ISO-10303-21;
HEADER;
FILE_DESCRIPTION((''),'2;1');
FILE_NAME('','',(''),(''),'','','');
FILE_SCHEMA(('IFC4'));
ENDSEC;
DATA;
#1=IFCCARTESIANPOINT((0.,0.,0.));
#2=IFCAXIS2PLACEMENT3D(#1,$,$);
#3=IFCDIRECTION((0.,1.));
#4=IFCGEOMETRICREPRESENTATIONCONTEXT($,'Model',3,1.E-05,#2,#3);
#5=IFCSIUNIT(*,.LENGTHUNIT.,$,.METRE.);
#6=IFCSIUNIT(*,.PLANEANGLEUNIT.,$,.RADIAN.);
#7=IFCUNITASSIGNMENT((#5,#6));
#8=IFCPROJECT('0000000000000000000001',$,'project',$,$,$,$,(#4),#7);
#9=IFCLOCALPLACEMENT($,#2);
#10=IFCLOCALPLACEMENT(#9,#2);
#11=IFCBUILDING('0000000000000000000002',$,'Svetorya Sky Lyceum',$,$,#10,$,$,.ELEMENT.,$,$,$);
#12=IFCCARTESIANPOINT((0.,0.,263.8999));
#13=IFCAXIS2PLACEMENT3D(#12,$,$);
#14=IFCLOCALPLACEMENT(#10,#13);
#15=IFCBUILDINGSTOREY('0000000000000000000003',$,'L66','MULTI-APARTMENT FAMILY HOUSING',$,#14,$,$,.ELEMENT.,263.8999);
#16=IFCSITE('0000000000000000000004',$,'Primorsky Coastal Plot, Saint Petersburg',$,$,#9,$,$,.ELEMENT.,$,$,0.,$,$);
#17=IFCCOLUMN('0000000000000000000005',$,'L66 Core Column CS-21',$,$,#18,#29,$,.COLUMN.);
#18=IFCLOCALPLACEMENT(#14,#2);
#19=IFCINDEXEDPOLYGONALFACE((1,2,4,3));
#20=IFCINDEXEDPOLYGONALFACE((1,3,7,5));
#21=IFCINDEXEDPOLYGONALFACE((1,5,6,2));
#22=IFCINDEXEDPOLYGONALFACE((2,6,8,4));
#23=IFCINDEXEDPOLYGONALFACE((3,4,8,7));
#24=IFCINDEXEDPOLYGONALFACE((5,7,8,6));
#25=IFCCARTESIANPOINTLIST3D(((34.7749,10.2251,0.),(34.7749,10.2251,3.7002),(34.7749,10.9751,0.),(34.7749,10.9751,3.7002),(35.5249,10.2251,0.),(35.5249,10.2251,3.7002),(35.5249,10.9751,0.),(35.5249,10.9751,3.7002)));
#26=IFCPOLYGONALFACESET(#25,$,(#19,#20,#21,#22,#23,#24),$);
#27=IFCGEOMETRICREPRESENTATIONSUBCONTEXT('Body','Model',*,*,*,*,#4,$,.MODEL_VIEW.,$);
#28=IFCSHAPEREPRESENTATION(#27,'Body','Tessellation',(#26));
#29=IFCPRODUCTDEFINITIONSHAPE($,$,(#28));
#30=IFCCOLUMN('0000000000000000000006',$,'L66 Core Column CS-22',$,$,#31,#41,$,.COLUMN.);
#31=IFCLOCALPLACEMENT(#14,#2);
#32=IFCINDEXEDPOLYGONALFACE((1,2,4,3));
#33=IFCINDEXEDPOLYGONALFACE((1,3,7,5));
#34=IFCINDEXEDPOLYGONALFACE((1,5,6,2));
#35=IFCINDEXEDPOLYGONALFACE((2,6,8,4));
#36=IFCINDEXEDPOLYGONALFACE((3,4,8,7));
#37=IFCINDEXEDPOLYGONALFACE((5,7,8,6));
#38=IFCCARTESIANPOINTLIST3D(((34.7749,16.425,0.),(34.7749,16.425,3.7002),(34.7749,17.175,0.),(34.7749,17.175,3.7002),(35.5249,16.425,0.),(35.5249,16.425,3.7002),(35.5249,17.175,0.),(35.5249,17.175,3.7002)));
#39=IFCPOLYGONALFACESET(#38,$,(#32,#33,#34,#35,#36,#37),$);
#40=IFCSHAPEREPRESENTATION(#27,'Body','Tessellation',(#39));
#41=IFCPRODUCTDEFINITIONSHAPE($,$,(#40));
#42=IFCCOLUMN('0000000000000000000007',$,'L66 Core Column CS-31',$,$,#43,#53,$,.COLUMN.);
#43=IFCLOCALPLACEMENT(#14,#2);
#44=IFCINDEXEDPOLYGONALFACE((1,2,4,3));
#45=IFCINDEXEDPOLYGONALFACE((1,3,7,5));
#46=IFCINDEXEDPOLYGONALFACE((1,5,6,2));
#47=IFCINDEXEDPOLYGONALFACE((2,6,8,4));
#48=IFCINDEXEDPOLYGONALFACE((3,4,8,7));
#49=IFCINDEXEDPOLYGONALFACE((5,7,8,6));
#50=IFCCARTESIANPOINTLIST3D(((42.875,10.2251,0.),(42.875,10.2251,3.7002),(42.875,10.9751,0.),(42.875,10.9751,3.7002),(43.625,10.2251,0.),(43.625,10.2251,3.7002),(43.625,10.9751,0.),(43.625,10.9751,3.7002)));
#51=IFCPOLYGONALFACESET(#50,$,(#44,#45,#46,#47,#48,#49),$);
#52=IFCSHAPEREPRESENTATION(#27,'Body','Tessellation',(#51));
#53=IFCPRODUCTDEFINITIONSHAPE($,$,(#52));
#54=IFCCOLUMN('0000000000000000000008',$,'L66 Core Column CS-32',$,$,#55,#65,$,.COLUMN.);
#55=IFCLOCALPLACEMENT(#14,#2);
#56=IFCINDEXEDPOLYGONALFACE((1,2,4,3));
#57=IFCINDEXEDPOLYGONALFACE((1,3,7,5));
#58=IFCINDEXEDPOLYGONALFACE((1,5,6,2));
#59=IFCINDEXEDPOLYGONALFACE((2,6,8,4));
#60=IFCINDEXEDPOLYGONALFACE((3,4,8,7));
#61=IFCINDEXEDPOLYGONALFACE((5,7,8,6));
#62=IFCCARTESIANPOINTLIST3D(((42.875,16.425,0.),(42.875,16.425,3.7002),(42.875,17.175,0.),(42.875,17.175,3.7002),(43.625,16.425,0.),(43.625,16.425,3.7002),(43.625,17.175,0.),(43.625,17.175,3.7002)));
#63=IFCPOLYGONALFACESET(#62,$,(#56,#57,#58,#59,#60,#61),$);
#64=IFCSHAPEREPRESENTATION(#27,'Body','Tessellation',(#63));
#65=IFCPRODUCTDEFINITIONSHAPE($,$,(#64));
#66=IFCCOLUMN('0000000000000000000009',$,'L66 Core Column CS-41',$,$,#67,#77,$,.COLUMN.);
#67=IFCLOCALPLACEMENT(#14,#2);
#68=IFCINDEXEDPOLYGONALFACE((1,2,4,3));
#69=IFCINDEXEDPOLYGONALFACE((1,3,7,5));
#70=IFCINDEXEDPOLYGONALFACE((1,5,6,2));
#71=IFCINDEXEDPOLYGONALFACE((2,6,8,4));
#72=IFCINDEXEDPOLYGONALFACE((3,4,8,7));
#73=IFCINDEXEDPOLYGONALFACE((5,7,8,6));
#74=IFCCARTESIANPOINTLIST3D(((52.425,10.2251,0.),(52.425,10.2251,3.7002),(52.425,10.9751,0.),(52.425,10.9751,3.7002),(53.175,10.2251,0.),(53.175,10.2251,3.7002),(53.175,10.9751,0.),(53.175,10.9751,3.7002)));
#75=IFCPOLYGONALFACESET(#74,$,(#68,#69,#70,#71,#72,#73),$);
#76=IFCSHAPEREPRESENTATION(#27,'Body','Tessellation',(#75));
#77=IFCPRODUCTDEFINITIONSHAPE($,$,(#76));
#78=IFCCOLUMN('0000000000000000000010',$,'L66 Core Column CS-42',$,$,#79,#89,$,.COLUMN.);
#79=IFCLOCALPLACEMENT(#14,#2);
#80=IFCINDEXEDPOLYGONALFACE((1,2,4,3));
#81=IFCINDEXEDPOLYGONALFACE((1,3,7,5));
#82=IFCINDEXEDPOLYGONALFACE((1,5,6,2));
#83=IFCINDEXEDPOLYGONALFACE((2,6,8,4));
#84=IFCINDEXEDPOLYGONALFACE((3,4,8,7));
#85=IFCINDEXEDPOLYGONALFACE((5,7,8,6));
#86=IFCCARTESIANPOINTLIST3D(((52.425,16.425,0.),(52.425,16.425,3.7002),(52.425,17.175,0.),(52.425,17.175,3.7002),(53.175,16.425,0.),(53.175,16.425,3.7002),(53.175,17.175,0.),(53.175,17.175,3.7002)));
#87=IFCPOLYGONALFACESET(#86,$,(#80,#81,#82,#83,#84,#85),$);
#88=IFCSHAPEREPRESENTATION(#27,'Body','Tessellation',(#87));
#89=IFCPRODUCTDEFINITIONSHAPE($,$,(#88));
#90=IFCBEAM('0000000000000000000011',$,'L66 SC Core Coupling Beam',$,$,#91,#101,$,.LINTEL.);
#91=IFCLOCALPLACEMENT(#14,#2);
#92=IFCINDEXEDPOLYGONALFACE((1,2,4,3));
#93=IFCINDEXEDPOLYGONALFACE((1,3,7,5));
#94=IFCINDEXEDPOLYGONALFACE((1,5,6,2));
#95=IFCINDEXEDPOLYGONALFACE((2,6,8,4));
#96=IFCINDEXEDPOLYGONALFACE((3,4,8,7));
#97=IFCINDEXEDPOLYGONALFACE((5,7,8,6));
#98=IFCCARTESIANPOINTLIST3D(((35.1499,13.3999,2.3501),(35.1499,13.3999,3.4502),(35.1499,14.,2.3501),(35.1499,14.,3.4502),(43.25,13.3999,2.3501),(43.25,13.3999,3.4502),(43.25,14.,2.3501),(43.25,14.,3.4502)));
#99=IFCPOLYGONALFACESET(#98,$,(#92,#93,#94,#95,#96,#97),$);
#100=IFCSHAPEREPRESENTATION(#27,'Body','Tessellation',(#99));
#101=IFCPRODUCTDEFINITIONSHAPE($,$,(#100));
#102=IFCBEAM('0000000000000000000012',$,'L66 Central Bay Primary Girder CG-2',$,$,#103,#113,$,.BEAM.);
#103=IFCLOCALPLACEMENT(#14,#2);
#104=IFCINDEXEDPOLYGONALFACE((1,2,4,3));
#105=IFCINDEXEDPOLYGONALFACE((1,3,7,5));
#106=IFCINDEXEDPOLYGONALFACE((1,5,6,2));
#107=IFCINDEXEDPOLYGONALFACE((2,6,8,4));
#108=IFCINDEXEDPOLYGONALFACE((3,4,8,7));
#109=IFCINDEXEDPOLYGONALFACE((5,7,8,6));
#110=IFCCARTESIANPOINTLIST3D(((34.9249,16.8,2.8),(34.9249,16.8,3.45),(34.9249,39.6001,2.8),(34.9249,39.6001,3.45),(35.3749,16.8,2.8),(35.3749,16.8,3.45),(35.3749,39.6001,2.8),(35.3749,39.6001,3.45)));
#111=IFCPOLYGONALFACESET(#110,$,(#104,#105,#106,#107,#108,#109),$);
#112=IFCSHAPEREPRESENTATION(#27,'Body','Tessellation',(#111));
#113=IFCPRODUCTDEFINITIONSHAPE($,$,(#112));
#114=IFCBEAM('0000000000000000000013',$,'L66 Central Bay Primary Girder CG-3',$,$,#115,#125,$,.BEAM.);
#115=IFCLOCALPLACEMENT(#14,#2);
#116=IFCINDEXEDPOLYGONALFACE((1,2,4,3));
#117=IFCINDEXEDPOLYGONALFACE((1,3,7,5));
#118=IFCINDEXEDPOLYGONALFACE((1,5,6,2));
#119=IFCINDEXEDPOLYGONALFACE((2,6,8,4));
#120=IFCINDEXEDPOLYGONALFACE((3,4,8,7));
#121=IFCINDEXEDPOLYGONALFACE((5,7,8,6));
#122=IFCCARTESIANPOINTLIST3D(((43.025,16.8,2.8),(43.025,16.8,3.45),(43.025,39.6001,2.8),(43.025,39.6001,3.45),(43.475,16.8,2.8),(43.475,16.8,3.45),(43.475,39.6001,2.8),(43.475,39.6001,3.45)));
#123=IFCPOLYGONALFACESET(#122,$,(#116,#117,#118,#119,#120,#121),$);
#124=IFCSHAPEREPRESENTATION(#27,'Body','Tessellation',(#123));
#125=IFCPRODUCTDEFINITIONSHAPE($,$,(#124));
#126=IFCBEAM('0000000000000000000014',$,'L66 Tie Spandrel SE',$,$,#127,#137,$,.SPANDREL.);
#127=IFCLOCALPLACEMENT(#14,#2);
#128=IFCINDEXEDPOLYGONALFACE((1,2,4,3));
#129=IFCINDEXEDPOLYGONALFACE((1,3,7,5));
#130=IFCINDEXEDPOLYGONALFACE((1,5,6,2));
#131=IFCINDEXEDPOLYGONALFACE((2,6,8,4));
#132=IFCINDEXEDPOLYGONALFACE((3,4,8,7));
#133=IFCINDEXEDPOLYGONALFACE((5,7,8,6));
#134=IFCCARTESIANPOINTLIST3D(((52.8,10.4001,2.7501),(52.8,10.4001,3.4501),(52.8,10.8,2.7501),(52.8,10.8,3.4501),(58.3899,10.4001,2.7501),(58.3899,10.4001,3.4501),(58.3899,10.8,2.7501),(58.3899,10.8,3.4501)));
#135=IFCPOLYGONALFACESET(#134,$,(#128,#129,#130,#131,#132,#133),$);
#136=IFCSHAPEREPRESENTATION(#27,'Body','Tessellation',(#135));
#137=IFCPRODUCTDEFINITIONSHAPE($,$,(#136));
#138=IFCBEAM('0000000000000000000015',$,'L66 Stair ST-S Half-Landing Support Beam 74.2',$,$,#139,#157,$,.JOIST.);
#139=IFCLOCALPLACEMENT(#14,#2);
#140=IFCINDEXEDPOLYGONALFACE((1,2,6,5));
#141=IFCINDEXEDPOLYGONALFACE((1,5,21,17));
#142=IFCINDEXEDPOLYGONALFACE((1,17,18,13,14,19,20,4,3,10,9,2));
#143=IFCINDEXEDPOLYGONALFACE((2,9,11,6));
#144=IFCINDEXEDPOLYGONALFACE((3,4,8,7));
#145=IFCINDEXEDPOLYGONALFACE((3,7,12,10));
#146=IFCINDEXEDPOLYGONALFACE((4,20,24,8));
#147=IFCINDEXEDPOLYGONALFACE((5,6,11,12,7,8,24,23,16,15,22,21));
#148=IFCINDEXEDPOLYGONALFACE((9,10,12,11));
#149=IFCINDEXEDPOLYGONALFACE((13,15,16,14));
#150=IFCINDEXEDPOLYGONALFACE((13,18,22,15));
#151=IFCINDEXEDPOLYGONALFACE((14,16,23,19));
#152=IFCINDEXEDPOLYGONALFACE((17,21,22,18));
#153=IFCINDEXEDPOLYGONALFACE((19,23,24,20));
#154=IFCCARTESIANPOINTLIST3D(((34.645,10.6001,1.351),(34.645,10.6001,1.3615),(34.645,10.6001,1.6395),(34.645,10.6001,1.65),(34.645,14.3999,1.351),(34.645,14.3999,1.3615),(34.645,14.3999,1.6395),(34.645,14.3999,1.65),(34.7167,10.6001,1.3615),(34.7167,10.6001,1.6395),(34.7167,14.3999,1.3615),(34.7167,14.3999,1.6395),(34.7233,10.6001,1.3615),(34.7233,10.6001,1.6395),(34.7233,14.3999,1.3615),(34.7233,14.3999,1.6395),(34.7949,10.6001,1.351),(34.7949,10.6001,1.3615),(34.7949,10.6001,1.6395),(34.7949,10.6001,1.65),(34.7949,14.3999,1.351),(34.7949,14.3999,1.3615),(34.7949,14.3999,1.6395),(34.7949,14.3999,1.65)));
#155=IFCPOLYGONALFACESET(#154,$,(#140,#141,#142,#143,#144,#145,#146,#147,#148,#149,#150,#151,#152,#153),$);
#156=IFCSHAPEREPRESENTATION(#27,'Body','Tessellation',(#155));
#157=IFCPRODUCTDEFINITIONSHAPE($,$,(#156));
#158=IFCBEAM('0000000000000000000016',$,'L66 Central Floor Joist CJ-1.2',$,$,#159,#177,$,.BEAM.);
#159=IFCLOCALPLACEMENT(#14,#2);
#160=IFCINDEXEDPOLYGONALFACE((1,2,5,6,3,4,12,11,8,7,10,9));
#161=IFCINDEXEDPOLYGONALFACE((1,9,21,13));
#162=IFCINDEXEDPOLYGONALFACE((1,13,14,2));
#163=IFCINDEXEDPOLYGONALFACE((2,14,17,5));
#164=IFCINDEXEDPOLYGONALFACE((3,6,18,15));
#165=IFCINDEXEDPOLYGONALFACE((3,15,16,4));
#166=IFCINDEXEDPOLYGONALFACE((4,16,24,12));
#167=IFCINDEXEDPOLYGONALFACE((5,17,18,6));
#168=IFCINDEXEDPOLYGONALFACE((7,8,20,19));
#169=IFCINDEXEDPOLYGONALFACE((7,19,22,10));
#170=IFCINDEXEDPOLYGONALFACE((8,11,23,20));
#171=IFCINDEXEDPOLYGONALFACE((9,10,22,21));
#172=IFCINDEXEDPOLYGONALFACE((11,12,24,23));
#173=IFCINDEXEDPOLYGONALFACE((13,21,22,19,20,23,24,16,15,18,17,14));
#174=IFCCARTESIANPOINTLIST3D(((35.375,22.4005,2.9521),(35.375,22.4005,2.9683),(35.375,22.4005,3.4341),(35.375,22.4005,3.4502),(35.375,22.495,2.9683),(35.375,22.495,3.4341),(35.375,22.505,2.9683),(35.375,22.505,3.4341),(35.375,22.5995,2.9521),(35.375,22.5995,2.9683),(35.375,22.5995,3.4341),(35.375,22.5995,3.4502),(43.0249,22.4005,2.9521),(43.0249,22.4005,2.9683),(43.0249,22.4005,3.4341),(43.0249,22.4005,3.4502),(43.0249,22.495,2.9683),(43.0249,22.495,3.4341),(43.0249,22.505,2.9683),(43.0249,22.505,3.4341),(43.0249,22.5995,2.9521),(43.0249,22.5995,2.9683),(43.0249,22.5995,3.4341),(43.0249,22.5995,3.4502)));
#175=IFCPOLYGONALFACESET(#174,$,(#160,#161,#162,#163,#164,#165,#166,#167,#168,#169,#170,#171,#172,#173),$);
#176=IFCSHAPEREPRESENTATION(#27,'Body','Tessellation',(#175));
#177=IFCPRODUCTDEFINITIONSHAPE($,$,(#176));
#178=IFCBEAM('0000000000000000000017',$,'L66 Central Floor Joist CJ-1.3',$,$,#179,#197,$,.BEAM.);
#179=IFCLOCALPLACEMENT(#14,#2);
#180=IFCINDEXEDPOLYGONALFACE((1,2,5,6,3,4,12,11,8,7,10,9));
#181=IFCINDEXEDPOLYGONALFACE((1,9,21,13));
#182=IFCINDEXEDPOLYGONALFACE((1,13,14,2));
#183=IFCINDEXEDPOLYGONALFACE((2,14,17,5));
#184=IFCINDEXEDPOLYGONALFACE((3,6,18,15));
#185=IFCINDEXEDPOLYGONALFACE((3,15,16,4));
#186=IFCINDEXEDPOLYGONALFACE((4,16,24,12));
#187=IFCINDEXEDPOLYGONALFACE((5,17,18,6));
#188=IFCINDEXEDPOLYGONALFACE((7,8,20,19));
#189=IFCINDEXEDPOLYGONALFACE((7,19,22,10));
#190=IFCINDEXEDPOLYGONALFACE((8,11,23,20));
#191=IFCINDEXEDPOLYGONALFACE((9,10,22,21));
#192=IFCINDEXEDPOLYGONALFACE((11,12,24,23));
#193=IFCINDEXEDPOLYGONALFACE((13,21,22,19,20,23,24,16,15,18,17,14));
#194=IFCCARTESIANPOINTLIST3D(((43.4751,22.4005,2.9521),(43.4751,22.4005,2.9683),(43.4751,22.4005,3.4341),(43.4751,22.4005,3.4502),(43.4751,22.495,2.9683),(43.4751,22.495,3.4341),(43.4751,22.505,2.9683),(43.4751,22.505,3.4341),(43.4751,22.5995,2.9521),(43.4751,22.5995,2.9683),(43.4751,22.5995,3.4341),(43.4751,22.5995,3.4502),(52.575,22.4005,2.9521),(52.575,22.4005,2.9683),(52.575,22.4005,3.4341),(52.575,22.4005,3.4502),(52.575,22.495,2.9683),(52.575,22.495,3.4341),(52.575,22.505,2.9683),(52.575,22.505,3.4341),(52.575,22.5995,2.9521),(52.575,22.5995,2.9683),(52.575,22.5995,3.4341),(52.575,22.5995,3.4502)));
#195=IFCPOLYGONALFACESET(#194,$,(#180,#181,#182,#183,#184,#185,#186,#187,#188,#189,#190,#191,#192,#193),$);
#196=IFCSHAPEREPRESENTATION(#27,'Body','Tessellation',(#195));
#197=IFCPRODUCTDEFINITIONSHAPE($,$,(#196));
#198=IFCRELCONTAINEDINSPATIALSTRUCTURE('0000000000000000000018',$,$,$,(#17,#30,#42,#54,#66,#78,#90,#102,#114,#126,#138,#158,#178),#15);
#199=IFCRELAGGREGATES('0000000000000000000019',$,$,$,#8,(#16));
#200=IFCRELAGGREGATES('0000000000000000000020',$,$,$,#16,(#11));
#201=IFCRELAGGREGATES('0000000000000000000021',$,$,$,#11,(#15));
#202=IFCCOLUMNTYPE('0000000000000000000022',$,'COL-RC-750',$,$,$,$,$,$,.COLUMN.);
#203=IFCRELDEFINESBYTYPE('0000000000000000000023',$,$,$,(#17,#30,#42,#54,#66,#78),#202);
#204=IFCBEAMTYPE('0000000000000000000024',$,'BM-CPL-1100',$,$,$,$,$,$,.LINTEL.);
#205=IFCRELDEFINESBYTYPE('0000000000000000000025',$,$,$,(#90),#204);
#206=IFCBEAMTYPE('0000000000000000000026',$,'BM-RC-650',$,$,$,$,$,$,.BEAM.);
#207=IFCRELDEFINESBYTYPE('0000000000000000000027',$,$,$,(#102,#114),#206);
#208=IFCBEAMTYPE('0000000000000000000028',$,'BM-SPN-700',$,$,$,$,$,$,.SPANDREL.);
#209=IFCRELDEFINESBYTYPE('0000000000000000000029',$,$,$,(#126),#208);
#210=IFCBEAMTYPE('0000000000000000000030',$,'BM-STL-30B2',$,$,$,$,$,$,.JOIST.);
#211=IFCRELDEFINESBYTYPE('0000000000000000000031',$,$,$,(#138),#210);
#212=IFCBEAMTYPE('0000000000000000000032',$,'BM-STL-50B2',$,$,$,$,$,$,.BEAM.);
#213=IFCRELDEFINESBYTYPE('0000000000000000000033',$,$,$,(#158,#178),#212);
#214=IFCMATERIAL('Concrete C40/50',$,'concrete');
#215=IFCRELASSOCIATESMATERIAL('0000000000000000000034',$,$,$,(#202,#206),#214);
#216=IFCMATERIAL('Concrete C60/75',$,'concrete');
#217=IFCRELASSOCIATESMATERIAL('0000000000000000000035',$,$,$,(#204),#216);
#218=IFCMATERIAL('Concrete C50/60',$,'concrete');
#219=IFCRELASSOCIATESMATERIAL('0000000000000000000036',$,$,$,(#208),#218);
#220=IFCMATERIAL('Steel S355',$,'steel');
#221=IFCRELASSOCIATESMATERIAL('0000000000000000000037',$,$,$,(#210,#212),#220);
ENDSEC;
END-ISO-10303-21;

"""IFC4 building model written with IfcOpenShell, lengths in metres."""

from ifc_helpers import new_model, si_unit, direction, frame, origin, origin_2d, place, context, subcontext, project, spatial, rectangle, i_section, extrude, material, material_profile, profile_set, type_object, element, save


model = new_model("IFC4")

# Units and contexts
model_context = context("Model", 3, precision=1e-05, world=origin(), true_north=direction((0.0, 1.0)))
body_context = subcontext(model_context, "Body", "Model", "MODEL_VIEW")
ifc_project = project(units=[si_unit("LENGTHUNIT", "METRE"), si_unit("PLANEANGLEUNIT", "RADIAN")], contexts=[model_context])

# Site, building, storey
site_placement = place(None, origin())
site = spatial("IfcSite", under=ifc_project, at=site_placement, Name="Primorsky Coastal Plot, Saint Petersburg", CompositionType="ELEMENT", RefElevation=0.0)
building_placement = place(site_placement, origin())
building = spatial("IfcBuilding", under=site, at=building_placement, Name="Svetorya Sky Lyceum", CompositionType="ELEMENT")
storey_placement = place(building_placement, frame((0.0, 0.0, 263.8999)))
storey = spatial("IfcBuildingStorey", under=building, at=storey_placement, Name="L66", Description="MULTI-APARTMENT FAMILY HOUSING", CompositionType="ELEMENT", Elevation=263.8999)

# Columns
ifc_material_1 = material(Name="Concrete C40/50", Category="concrete")
ifc_material_profile_1 = material_profile(ifc_material_1, rectangle(XDim=0.75, YDim=0.75, at=origin_2d()), Name="RC COL 750x750")
ifc_profile_set_1 = profile_set([ifc_material_profile_1], Name="Concrete C40/50")
column_type = type_object("IfcColumnType", Name="COL-RC-750", PredefinedType="COLUMN", material=ifc_profile_set_1)
for number, where, z_axis, x_axis, name in (
    (1, (35.1499, 10.6001, 0.0), (0.0, 0.0, 1.0), (1.0, 0.0, 0.0), "L66 Core Column CS-21"),
    (2, (35.1499, 16.8, 0.0), (0.0, 0.0, 1.0), (1.0, 0.0, 0.0), "L66 Core Column CS-22"),
    (3, (43.25, 10.6001, 0.0), (0.0, 0.0, 1.0), (1.0, 0.0, 0.0), "L66 Core Column CS-31"),
    (4, (43.25, 16.8, 0.0), (0.0, 0.0, 1.0), (1.0, 0.0, 0.0), "L66 Core Column CS-32"),
    (5, (52.8, 10.6001, 0.0), (0.0, 0.0, 1.0), (1.0, 0.0, 0.0), "L66 Core Column CS-41"),
    (6, (52.8, 16.8, 0.0), (0.0, 0.0, 1.0), (1.0, 0.0, 0.0), "L66 Core Column CS-42"),
):
    element("IfcColumn", number, at=place(storey_placement, frame(where, z_axis=z_axis, x_axis=x_axis)), inside=storey, type_object=column_type, Name=name, PredefinedType="COLUMN", context=body_context, shape_type="SweptSolid", body=[
        extrude(rectangle(XDim=0.75, YDim=0.75, at=origin_2d()), origin(), (0.0, 0.0, 1.0), 3.7002),
    ])

# Beams
ifc_material_2 = material(Name="Concrete C60/75", Category="concrete")
ifc_material_profile_2 = material_profile(ifc_material_2, rectangle(XDim=0.6001, YDim=1.1001, at=origin_2d()), Name="RC COUPLING 600x1100")
ifc_profile_set_2 = profile_set([ifc_material_profile_2], Name="Concrete C60/75")
beam_type_1 = type_object("IfcBeamType", Name="BM-CPL-1100", PredefinedType="LINTEL", material=ifc_profile_set_2)
beam_1_placement = place(storey_placement, frame((35.1499, 13.7, 2.9001), z_axis=(1.0, 0.0, 0.0), x_axis=(0.0, 1.0, 0.0)))
element("IfcBeam", 7, at=beam_1_placement, inside=storey, type_object=beam_type_1, Name="L66 SC Core Coupling Beam", PredefinedType="LINTEL", context=body_context, shape_type="SweptSolid", body=[
    extrude(rectangle(XDim=0.6001, YDim=1.1001, at=origin_2d()), origin(), (0.0, 0.0, 1.0), 8.1001),
])
ifc_material_profile_3 = material_profile(ifc_material_1, rectangle(XDim=0.45, YDim=0.6499, at=origin_2d()), Name="RC BEAM 450x650")
ifc_profile_set_3 = profile_set([ifc_material_profile_3], Name="Concrete C40/50")
beam_type_2 = type_object("IfcBeamType", Name="BM-RC-650", PredefinedType="BEAM", material=ifc_profile_set_3)
for number, where, z_axis, x_axis, name in (
    (8, (35.1499, 16.8, 3.125), (0.0, 1.0, 0.0), (-1.0, 0.0, 0.0), "L66 Central Bay Primary Girder CG-2"),
    (9, (43.25, 16.8, 3.125), (0.0, 1.0, 0.0), (-1.0, 0.0, 0.0), "L66 Central Bay Primary Girder CG-3"),
):
    element("IfcBeam", number, at=place(storey_placement, frame(where, z_axis=z_axis, x_axis=x_axis)), inside=storey, type_object=beam_type_2, Name=name, PredefinedType="BEAM", context=body_context, shape_type="SweptSolid", body=[
        extrude(rectangle(XDim=0.45, YDim=0.6499, at=origin_2d()), origin(), (0.0, 0.0, 1.0), 22.8),
    ])
ifc_material_3 = material(Name="Concrete C50/60", Category="concrete")
ifc_material_profile_4 = material_profile(ifc_material_3, rectangle(XDim=0.3999, YDim=0.7, at=origin_2d()), Name="RC SPANDREL 400x700")
ifc_profile_set_4 = profile_set([ifc_material_profile_4], Name="Concrete C50/60")
beam_type_3 = type_object("IfcBeamType", Name="BM-SPN-700", PredefinedType="SPANDREL", material=ifc_profile_set_4)
beam_2_placement = place(storey_placement, frame((52.8, 10.6001, 3.1001), z_axis=(1.0, 0.0, 0.0), x_axis=(0.0, 1.0, 0.0)))
element("IfcBeam", 10, at=beam_2_placement, inside=storey, type_object=beam_type_3, Name="L66 Tie Spandrel SE", PredefinedType="SPANDREL", context=body_context, shape_type="SweptSolid", body=[
    extrude(rectangle(XDim=0.3999, YDim=0.7, at=origin_2d()), origin(), (0.0, 0.0, 1.0), 5.5898),
])
ifc_material_4 = material(Name="Steel S355", Category="steel")
ifc_material_profile_5 = material_profile(ifc_material_4, i_section(OverallWidth=0.1499, OverallDepth=0.2991, WebThickness=0.0066, FlangeThickness=0.0105, at=origin_2d()), Name="GOST 30B2")
ifc_profile_set_5 = profile_set([ifc_material_profile_5], Name="Steel S355")
beam_type_4 = type_object("IfcBeamType", Name="BM-STL-30B2", PredefinedType="JOIST", material=ifc_profile_set_5)
beam_3_placement = place(storey_placement, frame((34.72, 10.6001, 1.5005), z_axis=(0.0, 1.0, 0.0), x_axis=(-1.0, 0.0, 0.0)))
element("IfcBeam", 11, at=beam_3_placement, inside=storey, type_object=beam_type_4, Name="L66 Stair ST-S Half-Landing Support Beam 74.2", PredefinedType="JOIST", context=body_context, shape_type="SweptSolid", body=[
    extrude(i_section(OverallWidth=0.1499, OverallDepth=0.2991, WebThickness=0.0066, FlangeThickness=0.0105, at=origin_2d()), origin(), (0.0, 0.0, 1.0), 3.7998),
])
ifc_material_profile_6 = material_profile(ifc_material_4, i_section(OverallWidth=0.199, OverallDepth=0.498, WebThickness=0.01, FlangeThickness=0.0161, at=origin_2d()), Name="GOST 50B2")
ifc_profile_set_6 = profile_set([ifc_material_profile_6], Name="Steel S355")
beam_type_5 = type_object("IfcBeamType", Name="BM-STL-50B2", PredefinedType="BEAM", material=ifc_profile_set_6)
beam_4_placement = place(storey_placement, frame((35.375, 22.5, 3.2012), z_axis=(1.0, 0.0, 0.0), x_axis=(0.0, 1.0, 0.0)))
element("IfcBeam", 12, at=beam_4_placement, inside=storey, type_object=beam_type_5, Name="L66 Central Floor Joist CJ-1.2", PredefinedType="BEAM", context=body_context, shape_type="SweptSolid", body=[
    extrude(i_section(OverallWidth=0.199, OverallDepth=0.498, WebThickness=0.01, FlangeThickness=0.0161, at=origin_2d()), origin(), (0.0, 0.0, 1.0), 7.6499),
])
beam_5_placement = place(storey_placement, frame((43.4751, 22.5, 3.2012), z_axis=(1.0, 0.0, 0.0), x_axis=(0.0, 1.0, 0.0)))
element("IfcBeam", 13, at=beam_5_placement, inside=storey, type_object=beam_type_5, Name="L66 Central Floor Joist CJ-1.3", PredefinedType="BEAM", context=body_context, shape_type="SweptSolid", body=[
    extrude(i_section(OverallWidth=0.199, OverallDepth=0.498, WebThickness=0.01, FlangeThickness=0.0161, at=origin_2d()), origin(), (0.0, 0.0, 1.0), 9.0999),
])

save(model, "model.ifc")
